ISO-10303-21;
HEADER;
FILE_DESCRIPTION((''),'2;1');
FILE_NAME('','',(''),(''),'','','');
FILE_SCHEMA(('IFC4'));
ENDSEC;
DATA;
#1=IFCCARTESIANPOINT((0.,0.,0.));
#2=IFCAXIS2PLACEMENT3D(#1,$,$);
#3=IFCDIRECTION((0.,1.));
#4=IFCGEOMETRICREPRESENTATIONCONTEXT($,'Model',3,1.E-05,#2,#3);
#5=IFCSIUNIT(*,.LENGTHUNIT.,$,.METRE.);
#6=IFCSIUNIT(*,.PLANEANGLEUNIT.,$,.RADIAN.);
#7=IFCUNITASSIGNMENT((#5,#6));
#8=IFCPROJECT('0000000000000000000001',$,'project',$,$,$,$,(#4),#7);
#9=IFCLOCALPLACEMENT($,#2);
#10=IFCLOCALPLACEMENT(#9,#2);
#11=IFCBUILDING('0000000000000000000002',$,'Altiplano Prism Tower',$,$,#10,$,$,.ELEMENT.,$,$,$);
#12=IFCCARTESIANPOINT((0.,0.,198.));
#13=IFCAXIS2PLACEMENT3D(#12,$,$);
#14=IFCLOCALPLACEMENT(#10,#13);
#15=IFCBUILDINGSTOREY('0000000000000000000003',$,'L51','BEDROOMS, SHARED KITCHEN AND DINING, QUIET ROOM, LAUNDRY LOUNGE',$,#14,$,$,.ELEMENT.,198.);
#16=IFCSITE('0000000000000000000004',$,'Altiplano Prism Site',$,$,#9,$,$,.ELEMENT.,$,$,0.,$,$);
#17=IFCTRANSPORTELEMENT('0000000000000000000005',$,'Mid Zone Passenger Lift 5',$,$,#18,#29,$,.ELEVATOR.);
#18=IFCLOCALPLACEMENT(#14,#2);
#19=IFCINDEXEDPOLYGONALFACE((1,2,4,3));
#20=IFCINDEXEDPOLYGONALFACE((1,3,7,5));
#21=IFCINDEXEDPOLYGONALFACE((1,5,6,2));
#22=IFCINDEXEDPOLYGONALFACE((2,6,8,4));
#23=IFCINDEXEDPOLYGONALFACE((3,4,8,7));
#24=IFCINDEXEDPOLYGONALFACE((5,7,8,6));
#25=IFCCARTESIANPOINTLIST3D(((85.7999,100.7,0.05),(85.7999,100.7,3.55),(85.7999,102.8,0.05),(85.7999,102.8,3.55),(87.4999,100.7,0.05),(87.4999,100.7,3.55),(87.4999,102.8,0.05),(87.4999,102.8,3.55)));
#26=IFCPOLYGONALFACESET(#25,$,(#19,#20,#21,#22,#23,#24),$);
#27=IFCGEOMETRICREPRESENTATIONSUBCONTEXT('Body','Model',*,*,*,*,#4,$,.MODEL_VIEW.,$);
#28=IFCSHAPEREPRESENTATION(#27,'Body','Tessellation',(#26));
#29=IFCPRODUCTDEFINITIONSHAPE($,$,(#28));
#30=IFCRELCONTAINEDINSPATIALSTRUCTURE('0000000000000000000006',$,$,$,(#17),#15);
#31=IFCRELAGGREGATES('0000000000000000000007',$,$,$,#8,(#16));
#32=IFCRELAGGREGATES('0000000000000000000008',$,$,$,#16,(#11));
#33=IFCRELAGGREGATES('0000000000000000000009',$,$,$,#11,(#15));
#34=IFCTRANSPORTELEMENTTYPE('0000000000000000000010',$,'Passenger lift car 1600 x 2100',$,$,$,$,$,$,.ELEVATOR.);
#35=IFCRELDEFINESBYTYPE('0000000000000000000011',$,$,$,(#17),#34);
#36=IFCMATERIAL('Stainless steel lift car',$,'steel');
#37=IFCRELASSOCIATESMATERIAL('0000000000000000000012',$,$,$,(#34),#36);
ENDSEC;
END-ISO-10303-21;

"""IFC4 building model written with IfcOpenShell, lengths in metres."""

from ifc_helpers import new_model, si_unit, direction, frame, origin, origin_2d, place, context, subcontext, project, spatial, rectangle, extrude, material, type_object, element, save


model = new_model("IFC4")

# Units and contexts
model_context = context("Model", 3, precision=1e-05, world=origin(), true_north=direction((0.0, 1.0)))
body_context = subcontext(model_context, "Body", "Model", "MODEL_VIEW")
ifc_project = project(units=[si_unit("LENGTHUNIT", "METRE"), si_unit("PLANEANGLEUNIT", "RADIAN")], contexts=[model_context])

# Site, building, storey
site_placement = place(None, origin())
site = spatial("IfcSite", under=ifc_project, at=site_placement, Name="Altiplano Prism Site", CompositionType="ELEMENT", RefElevation=0.0)
building_placement = place(site_placement, origin())
building = spatial("IfcBuilding", under=site, at=building_placement, Name="Altiplano Prism Tower", CompositionType="ELEMENT")
storey_placement = place(building_placement, frame((0.0, 0.0, 198.0)))
storey = spatial("IfcBuildingStorey", under=building, at=storey_placement, Name="L51", Description="BEDROOMS, SHARED KITCHEN AND DINING, QUIET ROOM, LAUNDRY LOUNGE", CompositionType="ELEMENT", Elevation=198.0)

# Transport element
ifc_material_1 = material(Name="Stainless steel lift car", Category="steel")
transport_element_type = type_object("IfcTransportElementType", Name="Passenger lift car 1600 x 2100", PredefinedType="ELEVATOR", material=ifc_material_1)
for number, where, z_axis, x_axis, name in (
    (1, (86.6499, 101.75, 0.05), (0.0, 0.0, 1.0), (1.0, 0.0, 0.0), "Mid Zone Passenger Lift 5"),
):
    element("IfcTransportElement", number, at=place(storey_placement, frame(where, z_axis=z_axis, x_axis=x_axis)), inside=storey, type_object=transport_element_type, Name=name, PredefinedType="ELEVATOR", context=body_context, shape_type="SweptSolid", body=[
        extrude(rectangle(XDim=1.7, YDim=2.1001, at=origin_2d()), origin(), (0.0, 0.0, 1.0), 3.5),
    ])

save(model, "model.ifc")
